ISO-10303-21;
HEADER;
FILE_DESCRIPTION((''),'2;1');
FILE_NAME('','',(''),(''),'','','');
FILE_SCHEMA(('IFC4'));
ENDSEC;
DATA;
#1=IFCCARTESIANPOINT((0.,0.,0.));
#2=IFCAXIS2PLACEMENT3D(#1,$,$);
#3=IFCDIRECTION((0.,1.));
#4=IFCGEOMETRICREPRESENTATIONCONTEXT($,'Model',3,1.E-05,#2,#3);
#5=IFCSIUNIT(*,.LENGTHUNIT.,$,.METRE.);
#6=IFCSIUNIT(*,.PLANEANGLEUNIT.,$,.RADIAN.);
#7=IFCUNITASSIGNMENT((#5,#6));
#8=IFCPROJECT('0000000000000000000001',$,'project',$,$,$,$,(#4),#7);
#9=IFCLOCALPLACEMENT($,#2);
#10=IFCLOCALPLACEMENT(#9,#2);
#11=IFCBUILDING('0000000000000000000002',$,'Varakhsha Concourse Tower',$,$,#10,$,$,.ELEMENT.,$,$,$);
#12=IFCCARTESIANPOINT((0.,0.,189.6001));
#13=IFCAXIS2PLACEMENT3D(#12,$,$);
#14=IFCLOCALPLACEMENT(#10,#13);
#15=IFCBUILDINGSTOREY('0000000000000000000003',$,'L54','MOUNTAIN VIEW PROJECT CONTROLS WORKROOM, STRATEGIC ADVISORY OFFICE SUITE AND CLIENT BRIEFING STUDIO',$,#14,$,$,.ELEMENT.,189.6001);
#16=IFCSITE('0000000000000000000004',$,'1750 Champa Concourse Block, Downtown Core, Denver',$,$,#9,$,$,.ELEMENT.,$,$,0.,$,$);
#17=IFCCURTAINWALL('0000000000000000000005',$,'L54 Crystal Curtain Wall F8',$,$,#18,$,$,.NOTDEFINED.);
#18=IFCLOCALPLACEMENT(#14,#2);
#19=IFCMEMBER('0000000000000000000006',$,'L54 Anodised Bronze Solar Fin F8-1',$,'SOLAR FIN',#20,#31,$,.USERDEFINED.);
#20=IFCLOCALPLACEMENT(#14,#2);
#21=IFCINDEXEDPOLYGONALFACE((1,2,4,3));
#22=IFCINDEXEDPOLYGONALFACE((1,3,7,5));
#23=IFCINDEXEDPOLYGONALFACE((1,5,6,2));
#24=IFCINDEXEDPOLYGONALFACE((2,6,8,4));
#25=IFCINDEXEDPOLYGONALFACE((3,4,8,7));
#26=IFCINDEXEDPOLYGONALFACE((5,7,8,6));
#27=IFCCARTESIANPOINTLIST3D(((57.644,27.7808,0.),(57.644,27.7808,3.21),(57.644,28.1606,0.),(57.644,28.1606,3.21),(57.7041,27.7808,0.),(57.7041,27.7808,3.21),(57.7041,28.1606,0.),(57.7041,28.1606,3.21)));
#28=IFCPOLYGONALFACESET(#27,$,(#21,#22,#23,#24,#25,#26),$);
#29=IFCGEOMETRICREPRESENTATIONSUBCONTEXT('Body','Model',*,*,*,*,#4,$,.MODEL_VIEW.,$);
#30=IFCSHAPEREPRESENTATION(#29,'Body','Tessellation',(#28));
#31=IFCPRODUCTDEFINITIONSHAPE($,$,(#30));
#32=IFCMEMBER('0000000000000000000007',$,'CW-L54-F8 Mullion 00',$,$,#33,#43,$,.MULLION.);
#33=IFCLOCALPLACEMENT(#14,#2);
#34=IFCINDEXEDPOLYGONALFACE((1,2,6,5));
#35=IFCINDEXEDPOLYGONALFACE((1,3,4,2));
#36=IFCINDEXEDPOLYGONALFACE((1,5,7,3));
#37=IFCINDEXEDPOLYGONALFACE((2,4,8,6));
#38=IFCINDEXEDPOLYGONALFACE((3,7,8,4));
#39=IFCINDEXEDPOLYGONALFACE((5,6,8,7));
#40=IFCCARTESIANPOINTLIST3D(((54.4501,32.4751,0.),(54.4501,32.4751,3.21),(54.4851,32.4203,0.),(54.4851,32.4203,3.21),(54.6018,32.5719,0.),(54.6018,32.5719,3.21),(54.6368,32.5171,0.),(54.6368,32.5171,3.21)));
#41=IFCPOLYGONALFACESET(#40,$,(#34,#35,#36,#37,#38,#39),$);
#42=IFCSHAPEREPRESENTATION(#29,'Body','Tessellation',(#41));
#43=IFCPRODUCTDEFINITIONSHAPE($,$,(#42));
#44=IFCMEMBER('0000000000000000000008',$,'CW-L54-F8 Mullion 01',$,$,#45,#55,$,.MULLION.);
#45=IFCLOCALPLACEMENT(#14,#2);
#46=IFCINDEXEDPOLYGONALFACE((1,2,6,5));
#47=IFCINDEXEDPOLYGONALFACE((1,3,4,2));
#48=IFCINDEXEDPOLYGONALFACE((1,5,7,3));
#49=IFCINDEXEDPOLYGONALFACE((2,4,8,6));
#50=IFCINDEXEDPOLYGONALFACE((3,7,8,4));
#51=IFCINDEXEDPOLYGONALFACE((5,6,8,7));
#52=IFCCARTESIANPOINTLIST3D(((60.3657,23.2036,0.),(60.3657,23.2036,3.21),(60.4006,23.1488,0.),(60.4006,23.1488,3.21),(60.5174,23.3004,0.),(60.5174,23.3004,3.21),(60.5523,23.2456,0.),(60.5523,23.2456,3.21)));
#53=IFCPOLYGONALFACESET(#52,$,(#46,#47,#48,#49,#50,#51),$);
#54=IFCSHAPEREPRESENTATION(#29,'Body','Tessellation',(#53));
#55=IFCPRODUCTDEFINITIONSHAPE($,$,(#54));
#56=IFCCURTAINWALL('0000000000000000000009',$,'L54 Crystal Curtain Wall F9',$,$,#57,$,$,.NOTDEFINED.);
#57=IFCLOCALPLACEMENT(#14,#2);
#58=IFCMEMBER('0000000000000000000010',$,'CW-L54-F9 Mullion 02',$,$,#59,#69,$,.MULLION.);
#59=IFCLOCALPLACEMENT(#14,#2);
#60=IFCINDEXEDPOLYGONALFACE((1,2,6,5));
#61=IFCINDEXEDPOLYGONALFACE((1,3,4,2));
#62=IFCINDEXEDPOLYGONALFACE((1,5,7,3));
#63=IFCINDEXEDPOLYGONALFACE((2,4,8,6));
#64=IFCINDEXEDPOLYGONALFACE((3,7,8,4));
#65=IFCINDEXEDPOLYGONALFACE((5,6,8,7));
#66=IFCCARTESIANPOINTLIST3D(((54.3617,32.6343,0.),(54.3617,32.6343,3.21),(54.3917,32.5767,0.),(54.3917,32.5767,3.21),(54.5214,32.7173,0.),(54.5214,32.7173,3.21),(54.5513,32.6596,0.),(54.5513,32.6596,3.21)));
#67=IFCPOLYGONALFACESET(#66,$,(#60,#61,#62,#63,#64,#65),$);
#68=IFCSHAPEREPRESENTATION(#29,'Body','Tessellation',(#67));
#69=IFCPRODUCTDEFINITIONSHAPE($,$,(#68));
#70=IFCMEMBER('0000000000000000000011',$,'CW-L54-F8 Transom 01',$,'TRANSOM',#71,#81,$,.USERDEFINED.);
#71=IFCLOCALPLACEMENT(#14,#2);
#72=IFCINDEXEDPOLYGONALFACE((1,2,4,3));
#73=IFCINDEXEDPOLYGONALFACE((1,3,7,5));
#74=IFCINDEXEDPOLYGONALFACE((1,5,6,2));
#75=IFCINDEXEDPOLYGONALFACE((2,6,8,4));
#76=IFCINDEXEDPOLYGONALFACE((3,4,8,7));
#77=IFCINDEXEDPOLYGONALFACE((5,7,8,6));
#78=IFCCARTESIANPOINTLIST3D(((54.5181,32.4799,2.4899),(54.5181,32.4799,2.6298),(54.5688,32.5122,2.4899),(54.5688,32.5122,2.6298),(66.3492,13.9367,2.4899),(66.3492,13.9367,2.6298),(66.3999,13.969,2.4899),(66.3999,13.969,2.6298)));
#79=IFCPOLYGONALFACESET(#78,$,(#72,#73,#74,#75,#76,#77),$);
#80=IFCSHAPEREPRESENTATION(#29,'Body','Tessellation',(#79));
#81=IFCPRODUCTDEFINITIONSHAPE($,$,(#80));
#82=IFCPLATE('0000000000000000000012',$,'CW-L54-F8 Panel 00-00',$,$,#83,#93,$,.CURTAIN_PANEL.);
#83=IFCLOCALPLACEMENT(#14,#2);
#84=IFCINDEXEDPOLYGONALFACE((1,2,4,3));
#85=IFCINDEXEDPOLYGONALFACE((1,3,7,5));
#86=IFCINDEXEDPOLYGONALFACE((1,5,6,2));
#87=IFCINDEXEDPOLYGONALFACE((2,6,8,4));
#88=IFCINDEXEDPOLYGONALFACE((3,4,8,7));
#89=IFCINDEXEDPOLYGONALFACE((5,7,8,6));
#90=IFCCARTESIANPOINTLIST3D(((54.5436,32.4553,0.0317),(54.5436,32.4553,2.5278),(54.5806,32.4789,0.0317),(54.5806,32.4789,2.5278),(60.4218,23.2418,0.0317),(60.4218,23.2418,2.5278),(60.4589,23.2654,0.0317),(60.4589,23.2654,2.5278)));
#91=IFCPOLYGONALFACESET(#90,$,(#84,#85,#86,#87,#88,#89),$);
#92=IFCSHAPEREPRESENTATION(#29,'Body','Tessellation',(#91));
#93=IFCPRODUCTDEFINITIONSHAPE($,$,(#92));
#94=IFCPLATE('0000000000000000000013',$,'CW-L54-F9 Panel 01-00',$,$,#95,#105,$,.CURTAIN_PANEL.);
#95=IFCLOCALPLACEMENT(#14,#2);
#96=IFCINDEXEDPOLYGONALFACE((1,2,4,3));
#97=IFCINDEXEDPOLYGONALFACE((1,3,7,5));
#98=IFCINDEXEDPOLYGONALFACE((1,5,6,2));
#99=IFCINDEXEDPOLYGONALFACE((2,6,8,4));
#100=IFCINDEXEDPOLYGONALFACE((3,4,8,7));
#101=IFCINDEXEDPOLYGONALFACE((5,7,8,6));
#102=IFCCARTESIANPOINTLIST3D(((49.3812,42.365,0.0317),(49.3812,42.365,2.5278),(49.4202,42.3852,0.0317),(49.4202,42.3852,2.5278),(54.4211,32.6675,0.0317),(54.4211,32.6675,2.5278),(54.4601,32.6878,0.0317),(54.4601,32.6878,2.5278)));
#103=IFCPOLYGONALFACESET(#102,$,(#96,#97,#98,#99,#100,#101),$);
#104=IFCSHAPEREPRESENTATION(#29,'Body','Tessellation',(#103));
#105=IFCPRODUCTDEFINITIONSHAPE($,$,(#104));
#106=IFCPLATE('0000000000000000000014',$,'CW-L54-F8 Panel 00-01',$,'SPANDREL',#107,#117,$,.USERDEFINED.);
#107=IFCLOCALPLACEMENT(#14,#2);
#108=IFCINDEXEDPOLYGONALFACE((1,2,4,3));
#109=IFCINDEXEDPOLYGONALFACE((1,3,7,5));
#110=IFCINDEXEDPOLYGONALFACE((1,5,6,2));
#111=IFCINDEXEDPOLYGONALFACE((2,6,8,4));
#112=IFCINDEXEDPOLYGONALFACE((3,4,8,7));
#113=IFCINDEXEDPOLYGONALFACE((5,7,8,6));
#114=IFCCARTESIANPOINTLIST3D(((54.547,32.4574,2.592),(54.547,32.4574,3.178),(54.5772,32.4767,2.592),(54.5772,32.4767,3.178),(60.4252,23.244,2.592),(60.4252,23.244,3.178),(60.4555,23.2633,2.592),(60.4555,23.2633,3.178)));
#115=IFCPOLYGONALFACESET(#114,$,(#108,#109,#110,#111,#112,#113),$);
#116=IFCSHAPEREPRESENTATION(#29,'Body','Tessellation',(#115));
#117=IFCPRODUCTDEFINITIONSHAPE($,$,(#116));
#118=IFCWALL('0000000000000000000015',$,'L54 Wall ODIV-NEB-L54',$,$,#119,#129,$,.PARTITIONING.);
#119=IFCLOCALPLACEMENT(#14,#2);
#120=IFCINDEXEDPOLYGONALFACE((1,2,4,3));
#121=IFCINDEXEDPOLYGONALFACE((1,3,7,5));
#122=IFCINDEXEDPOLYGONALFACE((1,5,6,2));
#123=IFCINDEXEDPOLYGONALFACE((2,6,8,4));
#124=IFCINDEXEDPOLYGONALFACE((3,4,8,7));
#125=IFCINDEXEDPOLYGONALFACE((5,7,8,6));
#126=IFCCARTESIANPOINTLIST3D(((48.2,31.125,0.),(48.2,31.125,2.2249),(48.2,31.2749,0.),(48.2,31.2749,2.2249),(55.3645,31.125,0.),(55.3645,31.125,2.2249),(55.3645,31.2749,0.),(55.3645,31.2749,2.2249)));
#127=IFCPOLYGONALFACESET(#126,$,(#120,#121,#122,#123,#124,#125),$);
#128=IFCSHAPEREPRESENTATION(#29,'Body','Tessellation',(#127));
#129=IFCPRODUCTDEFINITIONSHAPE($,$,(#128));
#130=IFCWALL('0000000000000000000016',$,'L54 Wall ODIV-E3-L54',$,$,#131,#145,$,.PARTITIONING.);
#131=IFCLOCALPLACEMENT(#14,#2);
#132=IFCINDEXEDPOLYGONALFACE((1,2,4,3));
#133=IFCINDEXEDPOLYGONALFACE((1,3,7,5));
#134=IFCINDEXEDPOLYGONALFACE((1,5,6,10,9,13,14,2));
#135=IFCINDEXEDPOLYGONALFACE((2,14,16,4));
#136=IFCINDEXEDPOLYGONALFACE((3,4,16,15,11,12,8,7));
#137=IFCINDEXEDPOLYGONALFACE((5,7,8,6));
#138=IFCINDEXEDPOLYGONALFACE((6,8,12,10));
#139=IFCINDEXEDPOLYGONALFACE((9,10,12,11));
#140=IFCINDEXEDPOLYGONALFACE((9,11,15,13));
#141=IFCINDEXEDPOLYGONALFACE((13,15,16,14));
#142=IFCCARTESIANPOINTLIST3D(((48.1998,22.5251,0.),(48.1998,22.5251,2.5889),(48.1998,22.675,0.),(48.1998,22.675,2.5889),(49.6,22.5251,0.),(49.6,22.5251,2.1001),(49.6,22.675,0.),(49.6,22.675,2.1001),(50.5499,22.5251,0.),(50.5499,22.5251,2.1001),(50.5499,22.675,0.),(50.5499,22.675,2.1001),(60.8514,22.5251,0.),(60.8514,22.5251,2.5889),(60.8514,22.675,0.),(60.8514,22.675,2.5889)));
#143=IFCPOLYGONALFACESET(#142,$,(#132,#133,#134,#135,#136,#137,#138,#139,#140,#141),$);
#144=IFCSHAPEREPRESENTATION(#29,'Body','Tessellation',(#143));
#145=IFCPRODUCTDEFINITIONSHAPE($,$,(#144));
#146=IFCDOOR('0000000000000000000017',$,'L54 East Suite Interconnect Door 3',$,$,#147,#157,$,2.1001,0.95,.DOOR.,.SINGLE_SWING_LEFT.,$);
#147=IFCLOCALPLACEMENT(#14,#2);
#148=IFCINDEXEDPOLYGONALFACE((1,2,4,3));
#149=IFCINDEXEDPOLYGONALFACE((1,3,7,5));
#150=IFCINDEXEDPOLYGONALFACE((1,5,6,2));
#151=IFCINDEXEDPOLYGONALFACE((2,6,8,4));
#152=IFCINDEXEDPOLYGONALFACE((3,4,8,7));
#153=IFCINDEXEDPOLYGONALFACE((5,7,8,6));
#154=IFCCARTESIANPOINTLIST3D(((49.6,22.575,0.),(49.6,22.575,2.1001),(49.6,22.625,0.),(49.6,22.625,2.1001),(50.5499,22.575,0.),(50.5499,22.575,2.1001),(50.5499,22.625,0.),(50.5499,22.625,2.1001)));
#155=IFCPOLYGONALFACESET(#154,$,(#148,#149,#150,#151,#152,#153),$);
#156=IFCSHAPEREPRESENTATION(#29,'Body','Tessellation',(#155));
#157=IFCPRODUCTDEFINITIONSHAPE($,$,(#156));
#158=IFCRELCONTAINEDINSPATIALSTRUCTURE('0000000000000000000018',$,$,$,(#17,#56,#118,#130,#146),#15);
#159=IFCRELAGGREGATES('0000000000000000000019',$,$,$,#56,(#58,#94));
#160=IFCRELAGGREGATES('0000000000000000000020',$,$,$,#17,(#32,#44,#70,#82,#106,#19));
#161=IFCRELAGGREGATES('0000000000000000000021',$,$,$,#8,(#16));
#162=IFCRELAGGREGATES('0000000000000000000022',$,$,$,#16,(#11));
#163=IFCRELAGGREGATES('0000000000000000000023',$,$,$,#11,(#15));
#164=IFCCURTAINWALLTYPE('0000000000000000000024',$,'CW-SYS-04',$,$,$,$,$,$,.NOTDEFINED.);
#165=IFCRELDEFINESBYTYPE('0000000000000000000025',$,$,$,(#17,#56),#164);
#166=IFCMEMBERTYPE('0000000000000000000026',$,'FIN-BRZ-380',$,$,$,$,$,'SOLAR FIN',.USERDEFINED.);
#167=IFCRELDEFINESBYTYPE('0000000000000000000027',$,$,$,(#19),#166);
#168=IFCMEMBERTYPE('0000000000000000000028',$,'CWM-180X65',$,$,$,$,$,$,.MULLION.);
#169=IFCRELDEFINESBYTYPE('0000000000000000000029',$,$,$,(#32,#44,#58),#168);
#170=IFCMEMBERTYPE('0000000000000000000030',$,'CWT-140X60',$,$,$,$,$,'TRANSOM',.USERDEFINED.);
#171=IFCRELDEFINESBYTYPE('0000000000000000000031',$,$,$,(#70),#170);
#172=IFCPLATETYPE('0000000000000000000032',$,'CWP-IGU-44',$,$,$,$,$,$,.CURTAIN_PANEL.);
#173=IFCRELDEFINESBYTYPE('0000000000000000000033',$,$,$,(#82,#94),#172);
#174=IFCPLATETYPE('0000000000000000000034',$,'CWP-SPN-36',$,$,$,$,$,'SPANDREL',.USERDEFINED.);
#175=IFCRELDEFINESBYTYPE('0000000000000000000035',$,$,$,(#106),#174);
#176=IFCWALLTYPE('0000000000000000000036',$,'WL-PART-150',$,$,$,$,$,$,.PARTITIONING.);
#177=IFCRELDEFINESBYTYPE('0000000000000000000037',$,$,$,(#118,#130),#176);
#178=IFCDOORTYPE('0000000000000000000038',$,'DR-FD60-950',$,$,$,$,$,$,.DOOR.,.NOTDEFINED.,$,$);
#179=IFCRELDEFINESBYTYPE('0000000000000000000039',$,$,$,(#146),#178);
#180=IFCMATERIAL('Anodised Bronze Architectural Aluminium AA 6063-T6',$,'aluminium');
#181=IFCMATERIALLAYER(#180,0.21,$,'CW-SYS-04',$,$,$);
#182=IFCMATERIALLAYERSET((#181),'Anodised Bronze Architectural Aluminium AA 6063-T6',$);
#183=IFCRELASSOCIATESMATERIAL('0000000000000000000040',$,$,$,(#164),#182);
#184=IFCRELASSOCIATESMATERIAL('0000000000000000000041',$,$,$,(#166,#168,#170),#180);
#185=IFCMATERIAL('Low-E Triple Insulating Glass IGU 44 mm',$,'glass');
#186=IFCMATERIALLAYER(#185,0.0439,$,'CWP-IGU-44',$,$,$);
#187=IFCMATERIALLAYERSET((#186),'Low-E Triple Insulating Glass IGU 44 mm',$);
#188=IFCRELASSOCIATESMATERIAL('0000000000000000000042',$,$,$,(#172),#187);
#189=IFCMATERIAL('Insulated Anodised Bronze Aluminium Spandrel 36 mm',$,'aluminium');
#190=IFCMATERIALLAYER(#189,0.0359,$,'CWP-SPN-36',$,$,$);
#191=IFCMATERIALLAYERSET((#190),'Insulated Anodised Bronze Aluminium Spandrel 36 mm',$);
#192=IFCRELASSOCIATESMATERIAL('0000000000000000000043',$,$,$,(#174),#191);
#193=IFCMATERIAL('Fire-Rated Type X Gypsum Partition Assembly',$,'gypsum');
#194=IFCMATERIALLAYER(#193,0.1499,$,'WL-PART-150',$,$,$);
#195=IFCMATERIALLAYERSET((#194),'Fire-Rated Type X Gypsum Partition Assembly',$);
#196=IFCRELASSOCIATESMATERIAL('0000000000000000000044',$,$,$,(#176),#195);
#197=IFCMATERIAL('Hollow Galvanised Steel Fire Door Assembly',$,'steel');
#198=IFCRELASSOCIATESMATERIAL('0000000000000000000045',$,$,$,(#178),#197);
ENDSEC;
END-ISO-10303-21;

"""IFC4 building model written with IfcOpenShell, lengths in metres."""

from ifc_helpers import new_model, si_unit, direction, frame, frame_2d, origin, origin_2d, place, context, subcontext, project, spatial, rectangle, extrude, source, transform, mapped, material, layer, layer_set, material_profile, profile_set, type_object, type_shapes, element, fill, aggregate, save


model = new_model("IFC4")

# Units and contexts
model_context = context("Model", 3, precision=1e-05, world=origin(), true_north=direction((0.0, 1.0)))
body_context = subcontext(model_context, "Body", "Model", "MODEL_VIEW")
ifc_project = project(units=[si_unit("LENGTHUNIT", "METRE"), si_unit("PLANEANGLEUNIT", "RADIAN")], contexts=[model_context])

# Site, building, storey
site_placement = place(None, origin())
site = spatial("IfcSite", under=ifc_project, at=site_placement, Name="1750 Champa Concourse Block, Downtown Core, Denver", CompositionType="ELEMENT", RefElevation=0.0)
building_placement = place(site_placement, origin())
building = spatial("IfcBuilding", under=site, at=building_placement, Name="Varakhsha Concourse Tower", CompositionType="ELEMENT")
storey_placement = place(building_placement, frame((0.0, 0.0, 189.6001)))
storey = spatial("IfcBuildingStorey", under=building, at=storey_placement, Name="L54", Description="MOUNTAIN VIEW PROJECT CONTROLS WORKROOM, STRATEGIC ADVISORY OFFICE SUITE AND CLIENT BRIEFING STUDIO", CompositionType="ELEMENT", Elevation=189.6001)

# Curtain wall, members
ifc_material_1 = material(Name="Anodised Bronze Architectural Aluminium AA 6063-T6", Category="aluminium")
ifc_layer_1 = layer(ifc_material_1, 0.21, Name="CW-SYS-04")
ifc_layer_set_1 = layer_set([ifc_layer_1], Name="Anodised Bronze Architectural Aluminium AA 6063-T6")
curtain_wall_type = type_object("IfcCurtainWallType", Name="CW-SYS-04", PredefinedType="NOTDEFINED", material=ifc_layer_set_1)
curtain_wall_1_placement = place(storey_placement, origin())
curtain_wall_1 = element("IfcCurtainWall", 1, at=curtain_wall_1_placement, inside=storey, type_object=curtain_wall_type, Name="L54 Crystal Curtain Wall F8", PredefinedType="NOTDEFINED")
ifc_material_profile_1 = material_profile(ifc_material_1, rectangle(XDim=0.0601, YDim=0.3799, at=origin_2d()), Name="FIN-BRZ-380")
ifc_profile_set_1 = profile_set([ifc_material_profile_1], Name="Anodised Bronze Architectural Aluminium AA 6063-T6")
member_type_1 = type_object("IfcMemberType", Name="FIN-BRZ-380", ElementType="SOLAR FIN", PredefinedType="USERDEFINED", material=ifc_profile_set_1)
shared_shape_1 = source(origin(), body_context, "Body", "SweptSolid", [
    extrude(rectangle(XDim=0.0601, YDim=0.3799, at=origin_2d()), origin(), (0.0, 0.0, 1.0), 3.21),
])
type_shapes(member_type_1, [shared_shape_1])
member_1_placement = place(storey_placement, frame((57.6741, 27.9707, 0.0), z_axis=(0.0, 0.0, 1.0), x_axis=(1.0, 0.0, 0.0)))
member_1 = element("IfcMember", 2, at=member_1_placement, type_object=member_type_1, Name="L54 Anodised Bronze Solar Fin F8-1", ObjectType="SOLAR FIN", PredefinedType="USERDEFINED", context=body_context, shape_type="MappedRepresentation", body=[
    mapped(shared_shape_1, transform((0.0, 0.0, 0.0), scale=1.0)),
])
ifc_material_profile_2 = material_profile(ifc_material_1, rectangle(XDim=0.0649, YDim=0.1799, at=origin_2d()), Name="CWM-180X65")
ifc_profile_set_2 = profile_set([ifc_material_profile_2], Name="Anodised Bronze Architectural Aluminium AA 6063-T6")
member_type_2 = type_object("IfcMemberType", Name="CWM-180X65", PredefinedType="MULLION", material=ifc_profile_set_2)
shared_shape_2 = source(origin(), body_context, "Body", "SweptSolid", [
    extrude(rectangle(XDim=0.0649, YDim=0.1799, at=origin_2d()), origin(), (0.0, 0.0, 1.0), 3.21),
])
type_shapes(member_type_2, [shared_shape_2])
member_2_placement = place(storey_placement, frame((54.5435, 32.4961, 0.0), z_axis=(0.0, 0.0, 1.0), x_axis=(0.537863, -0.843032, 0.0)))
member_2 = element("IfcMember", 3, at=member_2_placement, type_object=member_type_2, Name="CW-L54-F8 Mullion 00", PredefinedType="MULLION", context=body_context, shape_type="MappedRepresentation", body=[
    mapped(shared_shape_2, transform((0.0, 0.0, 0.0), scale=1.0)),
])
member_3_placement = place(storey_placement, frame((60.459, 23.2246, 0.0), z_axis=(0.0, 0.0, 1.0), x_axis=(0.537863, -0.843032, 0.0)))
member_3 = element("IfcMember", 4, at=member_3_placement, type_object=member_type_2, Name="CW-L54-F8 Mullion 01", PredefinedType="MULLION", context=body_context, shape_type="MappedRepresentation", body=[
    mapped(shared_shape_2, transform((0.0, 0.0, 0.0), scale=1.0)),
])

# Curtain wall, member
curtain_wall_2_placement = place(storey_placement, origin())
curtain_wall_2 = element("IfcCurtainWall", 5, at=curtain_wall_2_placement, inside=storey, type_object=curtain_wall_type, Name="L54 Crystal Curtain Wall F9", PredefinedType="NOTDEFINED")
member_4_placement = place(storey_placement, frame((54.4565, 32.647, 0.0), z_axis=(0.0, 0.0, 1.0), x_axis=(0.461156, -0.887319, 0.0)))
member_4 = element("IfcMember", 6, at=member_4_placement, type_object=member_type_2, Name="CW-L54-F9 Mullion 02", PredefinedType="MULLION", context=body_context, shape_type="MappedRepresentation", body=[
    mapped(shared_shape_2, transform((0.0, 0.0, 0.0), scale=1.0)),
])

# Member
ifc_material_profile_3 = material_profile(ifc_material_1, rectangle(XDim=0.0601, YDim=0.1399, at=origin_2d()), Name="CWT-140X60")
ifc_profile_set_3 = profile_set([ifc_material_profile_3], Name="Anodised Bronze Architectural Aluminium AA 6063-T6")
member_type_3 = type_object("IfcMemberType", Name="CWT-140X60", ElementType="TRANSOM", PredefinedType="USERDEFINED", material=ifc_profile_set_3)
shared_shape_3 = source(origin(), body_context, "Body", "SweptSolid", [
    extrude(rectangle(XDim=0.0601, YDim=0.1399, at=origin_2d()), origin(), (0.0, 0.0, 1.0), 21.9961),
])
type_shapes(member_type_3, [shared_shape_3])
member_5_placement = place(storey_placement, frame((54.5435, 32.4961, 2.5598), z_axis=(0.537873, -0.843026, 0.0), x_axis=(0.843026, 0.537873, 0.0)))
member_5 = element("IfcMember", 7, at=member_5_placement, type_object=member_type_3, Name="CW-L54-F8 Transom 01", ObjectType="TRANSOM", PredefinedType="USERDEFINED", context=body_context, shape_type="MappedRepresentation", body=[
    mapped(shared_shape_3, transform((0.0, 0.0, 0.0), scale=1.0)),
])

# Plates
ifc_material_2 = material(Name="Low-E Triple Insulating Glass IGU 44 mm", Category="glass")
ifc_layer_2 = layer(ifc_material_2, 0.0439, Name="CWP-IGU-44")
ifc_layer_set_2 = layer_set([ifc_layer_2], Name="Low-E Triple Insulating Glass IGU 44 mm")
plate_type_1 = type_object("IfcPlateType", Name="CWP-IGU-44", PredefinedType="CURTAIN_PANEL", material=ifc_layer_set_2)
shared_shape_4 = source(origin(), body_context, "Body", "SweptSolid", [
    extrude(rectangle(XDim=10.929, YDim=0.0439, at=origin_2d()), origin(), (0.0, 0.0, 1.0), 2.4961),
])
type_shapes(plate_type_1, [shared_shape_4])
plate_1_placement = place(storey_placement, frame((57.5012, 27.8604, 0.0317), z_axis=(0.0, 0.0, 1.0), x_axis=(0.537863, -0.843032, 0.0)))
plate_1 = element("IfcPlate", 8, at=plate_1_placement, type_object=plate_type_1, Name="CW-L54-F8 Panel 00-00", PredefinedType="CURTAIN_PANEL", context=body_context, shape_type="MappedRepresentation", body=[
    mapped(shared_shape_4, transform((0.0, 0.0, 0.0), scale=1.0)),
])
plate_2_placement = place(storey_placement, frame((51.9207, 37.5264, 0.0317), z_axis=(0.0, 0.0, 1.0), x_axis=(0.461156, -0.887319, 0.0)))
plate_2 = element("IfcPlate", 9, at=plate_2_placement, type_object=plate_type_1, Name="CW-L54-F9 Panel 01-00", PredefinedType="CURTAIN_PANEL", context=body_context, shape_type="MappedRepresentation", body=[
    mapped(shared_shape_4, transform((0.0, 0.0, 0.0), scale=1.0)),
])
aggregate(curtain_wall_2, [member_4, plate_2])
ifc_material_3 = material(Name="Insulated Anodised Bronze Aluminium Spandrel 36 mm", Category="aluminium")
ifc_layer_3 = layer(ifc_material_3, 0.0359, Name="CWP-SPN-36")
ifc_layer_set_3 = layer_set([ifc_layer_3], Name="Insulated Anodised Bronze Aluminium Spandrel 36 mm")
plate_type_2 = type_object("IfcPlateType", Name="CWP-SPN-36", ElementType="SPANDREL", PredefinedType="USERDEFINED", material=ifc_layer_set_3)
shared_shape_5 = source(origin(), body_context, "Body", "SweptSolid", [
    extrude(rectangle(XDim=10.929, YDim=0.0359, at=origin_2d()), origin(), (0.0, 0.0, 1.0), 0.5859),
])
type_shapes(plate_type_2, [shared_shape_5])
plate_3_placement = place(storey_placement, frame((57.5012, 27.8604, 2.592), z_axis=(0.0, 0.0, 1.0), x_axis=(0.537863, -0.843032, 0.0)))
plate_3 = element("IfcPlate", 10, at=plate_3_placement, type_object=plate_type_2, Name="CW-L54-F8 Panel 00-01", ObjectType="SPANDREL", PredefinedType="USERDEFINED", context=body_context, shape_type="MappedRepresentation", body=[
    mapped(shared_shape_5, transform((0.0, 0.0, 0.0), scale=1.0)),
])
aggregate(curtain_wall_1, [member_2, member_3, member_5, plate_1, plate_3, member_1])

# Wall
ifc_material_4 = material(Name="Fire-Rated Type X Gypsum Partition Assembly", Category="gypsum")
ifc_layer_4 = layer(ifc_material_4, 0.1499, Name="WL-PART-150")
ifc_layer_set_4 = layer_set([ifc_layer_4], Name="Fire-Rated Type X Gypsum Partition Assembly")
wall_type_1 = type_object("IfcWallType", Name="WL-PART-150", PredefinedType="PARTITIONING", material=ifc_layer_set_4)
wall_1_placement = place(storey_placement, frame((48.2, 31.2, 0.0), z_axis=(0.0, 0.0, 1.0), x_axis=(1.0, 0.0, 0.0)))
element("IfcWall", 11, at=wall_1_placement, inside=storey, type_object=wall_type_1, Name="L54 Wall ODIV-NEB-L54", PredefinedType="PARTITIONING", context=body_context, shape_type="SweptSolid", body=[
    extrude(rectangle(XDim=7.1646, YDim=0.1499, at=frame_2d((3.5823, 0.0))), origin(), (0.0, 0.0, 1.0), 2.2249),
])

# Wall, opening, door
wall_2_placement = place(storey_placement, frame((48.2, 22.6001, 0.0), z_axis=(0.0, 0.0, 1.0), x_axis=(1.0, 0.0, 0.0)))
wall_2 = element("IfcWall", 12, at=wall_2_placement, inside=storey, type_object=wall_type_1, Name="L54 Wall ODIV-E3-L54", PredefinedType="PARTITIONING", context=body_context, shape_type="SweptSolid", body=[
    extrude(rectangle(XDim=12.6516, YDim=0.1499, at=frame_2d((6.3257, 0.0))), origin(), (0.0, 0.0, 1.0), 2.5889),
])
opening_1_placement = place(wall_2_placement, frame((1.3999, 0.0, 0.0)))
opening_1 = element("IfcOpeningElement", 13, at=opening_1_placement, cuts=wall_2, PredefinedType="OPENING", context=body_context, shape_type="SweptSolid", body=[
    extrude(rectangle(XDim=0.95, YDim=2.1001, at=frame_2d((0.4751, 1.05))), frame((0.0, 0.085, 0.0), z_axis=(0.0, -1.0, 0.0), x_axis=(1.0, 0.0, 0.0)), (0.0, 0.0, 1.0), 0.1699),
])
ifc_material_5 = material(Name="Hollow Galvanised Steel Fire Door Assembly", Category="steel")
door_type = type_object("IfcDoorType", Name="DR-FD60-950", OperationType="NOTDEFINED", PredefinedType="DOOR", material=ifc_material_5)
door_1_placement = place(opening_1_placement, origin())
door_1 = element("IfcDoor", 14, at=door_1_placement, inside=storey, type_object=door_type, Name="L54 East Suite Interconnect Door 3", OperationType="SINGLE_SWING_LEFT", OverallHeight=2.1001, OverallWidth=0.95, PredefinedType="DOOR", context=body_context, shape_type="SweptSolid", body=[
    extrude(rectangle(XDim=0.95, YDim=2.1001, at=frame_2d((0.4751, 1.05))), frame((0.0, 0.0249, 0.0), z_axis=(0.0, -1.0, 0.0), x_axis=(1.0, 0.0, 0.0)), (0.0, 0.0, 1.0), 0.05),
])
fill(opening_1, door_1)

save(model, "model.ifc")
